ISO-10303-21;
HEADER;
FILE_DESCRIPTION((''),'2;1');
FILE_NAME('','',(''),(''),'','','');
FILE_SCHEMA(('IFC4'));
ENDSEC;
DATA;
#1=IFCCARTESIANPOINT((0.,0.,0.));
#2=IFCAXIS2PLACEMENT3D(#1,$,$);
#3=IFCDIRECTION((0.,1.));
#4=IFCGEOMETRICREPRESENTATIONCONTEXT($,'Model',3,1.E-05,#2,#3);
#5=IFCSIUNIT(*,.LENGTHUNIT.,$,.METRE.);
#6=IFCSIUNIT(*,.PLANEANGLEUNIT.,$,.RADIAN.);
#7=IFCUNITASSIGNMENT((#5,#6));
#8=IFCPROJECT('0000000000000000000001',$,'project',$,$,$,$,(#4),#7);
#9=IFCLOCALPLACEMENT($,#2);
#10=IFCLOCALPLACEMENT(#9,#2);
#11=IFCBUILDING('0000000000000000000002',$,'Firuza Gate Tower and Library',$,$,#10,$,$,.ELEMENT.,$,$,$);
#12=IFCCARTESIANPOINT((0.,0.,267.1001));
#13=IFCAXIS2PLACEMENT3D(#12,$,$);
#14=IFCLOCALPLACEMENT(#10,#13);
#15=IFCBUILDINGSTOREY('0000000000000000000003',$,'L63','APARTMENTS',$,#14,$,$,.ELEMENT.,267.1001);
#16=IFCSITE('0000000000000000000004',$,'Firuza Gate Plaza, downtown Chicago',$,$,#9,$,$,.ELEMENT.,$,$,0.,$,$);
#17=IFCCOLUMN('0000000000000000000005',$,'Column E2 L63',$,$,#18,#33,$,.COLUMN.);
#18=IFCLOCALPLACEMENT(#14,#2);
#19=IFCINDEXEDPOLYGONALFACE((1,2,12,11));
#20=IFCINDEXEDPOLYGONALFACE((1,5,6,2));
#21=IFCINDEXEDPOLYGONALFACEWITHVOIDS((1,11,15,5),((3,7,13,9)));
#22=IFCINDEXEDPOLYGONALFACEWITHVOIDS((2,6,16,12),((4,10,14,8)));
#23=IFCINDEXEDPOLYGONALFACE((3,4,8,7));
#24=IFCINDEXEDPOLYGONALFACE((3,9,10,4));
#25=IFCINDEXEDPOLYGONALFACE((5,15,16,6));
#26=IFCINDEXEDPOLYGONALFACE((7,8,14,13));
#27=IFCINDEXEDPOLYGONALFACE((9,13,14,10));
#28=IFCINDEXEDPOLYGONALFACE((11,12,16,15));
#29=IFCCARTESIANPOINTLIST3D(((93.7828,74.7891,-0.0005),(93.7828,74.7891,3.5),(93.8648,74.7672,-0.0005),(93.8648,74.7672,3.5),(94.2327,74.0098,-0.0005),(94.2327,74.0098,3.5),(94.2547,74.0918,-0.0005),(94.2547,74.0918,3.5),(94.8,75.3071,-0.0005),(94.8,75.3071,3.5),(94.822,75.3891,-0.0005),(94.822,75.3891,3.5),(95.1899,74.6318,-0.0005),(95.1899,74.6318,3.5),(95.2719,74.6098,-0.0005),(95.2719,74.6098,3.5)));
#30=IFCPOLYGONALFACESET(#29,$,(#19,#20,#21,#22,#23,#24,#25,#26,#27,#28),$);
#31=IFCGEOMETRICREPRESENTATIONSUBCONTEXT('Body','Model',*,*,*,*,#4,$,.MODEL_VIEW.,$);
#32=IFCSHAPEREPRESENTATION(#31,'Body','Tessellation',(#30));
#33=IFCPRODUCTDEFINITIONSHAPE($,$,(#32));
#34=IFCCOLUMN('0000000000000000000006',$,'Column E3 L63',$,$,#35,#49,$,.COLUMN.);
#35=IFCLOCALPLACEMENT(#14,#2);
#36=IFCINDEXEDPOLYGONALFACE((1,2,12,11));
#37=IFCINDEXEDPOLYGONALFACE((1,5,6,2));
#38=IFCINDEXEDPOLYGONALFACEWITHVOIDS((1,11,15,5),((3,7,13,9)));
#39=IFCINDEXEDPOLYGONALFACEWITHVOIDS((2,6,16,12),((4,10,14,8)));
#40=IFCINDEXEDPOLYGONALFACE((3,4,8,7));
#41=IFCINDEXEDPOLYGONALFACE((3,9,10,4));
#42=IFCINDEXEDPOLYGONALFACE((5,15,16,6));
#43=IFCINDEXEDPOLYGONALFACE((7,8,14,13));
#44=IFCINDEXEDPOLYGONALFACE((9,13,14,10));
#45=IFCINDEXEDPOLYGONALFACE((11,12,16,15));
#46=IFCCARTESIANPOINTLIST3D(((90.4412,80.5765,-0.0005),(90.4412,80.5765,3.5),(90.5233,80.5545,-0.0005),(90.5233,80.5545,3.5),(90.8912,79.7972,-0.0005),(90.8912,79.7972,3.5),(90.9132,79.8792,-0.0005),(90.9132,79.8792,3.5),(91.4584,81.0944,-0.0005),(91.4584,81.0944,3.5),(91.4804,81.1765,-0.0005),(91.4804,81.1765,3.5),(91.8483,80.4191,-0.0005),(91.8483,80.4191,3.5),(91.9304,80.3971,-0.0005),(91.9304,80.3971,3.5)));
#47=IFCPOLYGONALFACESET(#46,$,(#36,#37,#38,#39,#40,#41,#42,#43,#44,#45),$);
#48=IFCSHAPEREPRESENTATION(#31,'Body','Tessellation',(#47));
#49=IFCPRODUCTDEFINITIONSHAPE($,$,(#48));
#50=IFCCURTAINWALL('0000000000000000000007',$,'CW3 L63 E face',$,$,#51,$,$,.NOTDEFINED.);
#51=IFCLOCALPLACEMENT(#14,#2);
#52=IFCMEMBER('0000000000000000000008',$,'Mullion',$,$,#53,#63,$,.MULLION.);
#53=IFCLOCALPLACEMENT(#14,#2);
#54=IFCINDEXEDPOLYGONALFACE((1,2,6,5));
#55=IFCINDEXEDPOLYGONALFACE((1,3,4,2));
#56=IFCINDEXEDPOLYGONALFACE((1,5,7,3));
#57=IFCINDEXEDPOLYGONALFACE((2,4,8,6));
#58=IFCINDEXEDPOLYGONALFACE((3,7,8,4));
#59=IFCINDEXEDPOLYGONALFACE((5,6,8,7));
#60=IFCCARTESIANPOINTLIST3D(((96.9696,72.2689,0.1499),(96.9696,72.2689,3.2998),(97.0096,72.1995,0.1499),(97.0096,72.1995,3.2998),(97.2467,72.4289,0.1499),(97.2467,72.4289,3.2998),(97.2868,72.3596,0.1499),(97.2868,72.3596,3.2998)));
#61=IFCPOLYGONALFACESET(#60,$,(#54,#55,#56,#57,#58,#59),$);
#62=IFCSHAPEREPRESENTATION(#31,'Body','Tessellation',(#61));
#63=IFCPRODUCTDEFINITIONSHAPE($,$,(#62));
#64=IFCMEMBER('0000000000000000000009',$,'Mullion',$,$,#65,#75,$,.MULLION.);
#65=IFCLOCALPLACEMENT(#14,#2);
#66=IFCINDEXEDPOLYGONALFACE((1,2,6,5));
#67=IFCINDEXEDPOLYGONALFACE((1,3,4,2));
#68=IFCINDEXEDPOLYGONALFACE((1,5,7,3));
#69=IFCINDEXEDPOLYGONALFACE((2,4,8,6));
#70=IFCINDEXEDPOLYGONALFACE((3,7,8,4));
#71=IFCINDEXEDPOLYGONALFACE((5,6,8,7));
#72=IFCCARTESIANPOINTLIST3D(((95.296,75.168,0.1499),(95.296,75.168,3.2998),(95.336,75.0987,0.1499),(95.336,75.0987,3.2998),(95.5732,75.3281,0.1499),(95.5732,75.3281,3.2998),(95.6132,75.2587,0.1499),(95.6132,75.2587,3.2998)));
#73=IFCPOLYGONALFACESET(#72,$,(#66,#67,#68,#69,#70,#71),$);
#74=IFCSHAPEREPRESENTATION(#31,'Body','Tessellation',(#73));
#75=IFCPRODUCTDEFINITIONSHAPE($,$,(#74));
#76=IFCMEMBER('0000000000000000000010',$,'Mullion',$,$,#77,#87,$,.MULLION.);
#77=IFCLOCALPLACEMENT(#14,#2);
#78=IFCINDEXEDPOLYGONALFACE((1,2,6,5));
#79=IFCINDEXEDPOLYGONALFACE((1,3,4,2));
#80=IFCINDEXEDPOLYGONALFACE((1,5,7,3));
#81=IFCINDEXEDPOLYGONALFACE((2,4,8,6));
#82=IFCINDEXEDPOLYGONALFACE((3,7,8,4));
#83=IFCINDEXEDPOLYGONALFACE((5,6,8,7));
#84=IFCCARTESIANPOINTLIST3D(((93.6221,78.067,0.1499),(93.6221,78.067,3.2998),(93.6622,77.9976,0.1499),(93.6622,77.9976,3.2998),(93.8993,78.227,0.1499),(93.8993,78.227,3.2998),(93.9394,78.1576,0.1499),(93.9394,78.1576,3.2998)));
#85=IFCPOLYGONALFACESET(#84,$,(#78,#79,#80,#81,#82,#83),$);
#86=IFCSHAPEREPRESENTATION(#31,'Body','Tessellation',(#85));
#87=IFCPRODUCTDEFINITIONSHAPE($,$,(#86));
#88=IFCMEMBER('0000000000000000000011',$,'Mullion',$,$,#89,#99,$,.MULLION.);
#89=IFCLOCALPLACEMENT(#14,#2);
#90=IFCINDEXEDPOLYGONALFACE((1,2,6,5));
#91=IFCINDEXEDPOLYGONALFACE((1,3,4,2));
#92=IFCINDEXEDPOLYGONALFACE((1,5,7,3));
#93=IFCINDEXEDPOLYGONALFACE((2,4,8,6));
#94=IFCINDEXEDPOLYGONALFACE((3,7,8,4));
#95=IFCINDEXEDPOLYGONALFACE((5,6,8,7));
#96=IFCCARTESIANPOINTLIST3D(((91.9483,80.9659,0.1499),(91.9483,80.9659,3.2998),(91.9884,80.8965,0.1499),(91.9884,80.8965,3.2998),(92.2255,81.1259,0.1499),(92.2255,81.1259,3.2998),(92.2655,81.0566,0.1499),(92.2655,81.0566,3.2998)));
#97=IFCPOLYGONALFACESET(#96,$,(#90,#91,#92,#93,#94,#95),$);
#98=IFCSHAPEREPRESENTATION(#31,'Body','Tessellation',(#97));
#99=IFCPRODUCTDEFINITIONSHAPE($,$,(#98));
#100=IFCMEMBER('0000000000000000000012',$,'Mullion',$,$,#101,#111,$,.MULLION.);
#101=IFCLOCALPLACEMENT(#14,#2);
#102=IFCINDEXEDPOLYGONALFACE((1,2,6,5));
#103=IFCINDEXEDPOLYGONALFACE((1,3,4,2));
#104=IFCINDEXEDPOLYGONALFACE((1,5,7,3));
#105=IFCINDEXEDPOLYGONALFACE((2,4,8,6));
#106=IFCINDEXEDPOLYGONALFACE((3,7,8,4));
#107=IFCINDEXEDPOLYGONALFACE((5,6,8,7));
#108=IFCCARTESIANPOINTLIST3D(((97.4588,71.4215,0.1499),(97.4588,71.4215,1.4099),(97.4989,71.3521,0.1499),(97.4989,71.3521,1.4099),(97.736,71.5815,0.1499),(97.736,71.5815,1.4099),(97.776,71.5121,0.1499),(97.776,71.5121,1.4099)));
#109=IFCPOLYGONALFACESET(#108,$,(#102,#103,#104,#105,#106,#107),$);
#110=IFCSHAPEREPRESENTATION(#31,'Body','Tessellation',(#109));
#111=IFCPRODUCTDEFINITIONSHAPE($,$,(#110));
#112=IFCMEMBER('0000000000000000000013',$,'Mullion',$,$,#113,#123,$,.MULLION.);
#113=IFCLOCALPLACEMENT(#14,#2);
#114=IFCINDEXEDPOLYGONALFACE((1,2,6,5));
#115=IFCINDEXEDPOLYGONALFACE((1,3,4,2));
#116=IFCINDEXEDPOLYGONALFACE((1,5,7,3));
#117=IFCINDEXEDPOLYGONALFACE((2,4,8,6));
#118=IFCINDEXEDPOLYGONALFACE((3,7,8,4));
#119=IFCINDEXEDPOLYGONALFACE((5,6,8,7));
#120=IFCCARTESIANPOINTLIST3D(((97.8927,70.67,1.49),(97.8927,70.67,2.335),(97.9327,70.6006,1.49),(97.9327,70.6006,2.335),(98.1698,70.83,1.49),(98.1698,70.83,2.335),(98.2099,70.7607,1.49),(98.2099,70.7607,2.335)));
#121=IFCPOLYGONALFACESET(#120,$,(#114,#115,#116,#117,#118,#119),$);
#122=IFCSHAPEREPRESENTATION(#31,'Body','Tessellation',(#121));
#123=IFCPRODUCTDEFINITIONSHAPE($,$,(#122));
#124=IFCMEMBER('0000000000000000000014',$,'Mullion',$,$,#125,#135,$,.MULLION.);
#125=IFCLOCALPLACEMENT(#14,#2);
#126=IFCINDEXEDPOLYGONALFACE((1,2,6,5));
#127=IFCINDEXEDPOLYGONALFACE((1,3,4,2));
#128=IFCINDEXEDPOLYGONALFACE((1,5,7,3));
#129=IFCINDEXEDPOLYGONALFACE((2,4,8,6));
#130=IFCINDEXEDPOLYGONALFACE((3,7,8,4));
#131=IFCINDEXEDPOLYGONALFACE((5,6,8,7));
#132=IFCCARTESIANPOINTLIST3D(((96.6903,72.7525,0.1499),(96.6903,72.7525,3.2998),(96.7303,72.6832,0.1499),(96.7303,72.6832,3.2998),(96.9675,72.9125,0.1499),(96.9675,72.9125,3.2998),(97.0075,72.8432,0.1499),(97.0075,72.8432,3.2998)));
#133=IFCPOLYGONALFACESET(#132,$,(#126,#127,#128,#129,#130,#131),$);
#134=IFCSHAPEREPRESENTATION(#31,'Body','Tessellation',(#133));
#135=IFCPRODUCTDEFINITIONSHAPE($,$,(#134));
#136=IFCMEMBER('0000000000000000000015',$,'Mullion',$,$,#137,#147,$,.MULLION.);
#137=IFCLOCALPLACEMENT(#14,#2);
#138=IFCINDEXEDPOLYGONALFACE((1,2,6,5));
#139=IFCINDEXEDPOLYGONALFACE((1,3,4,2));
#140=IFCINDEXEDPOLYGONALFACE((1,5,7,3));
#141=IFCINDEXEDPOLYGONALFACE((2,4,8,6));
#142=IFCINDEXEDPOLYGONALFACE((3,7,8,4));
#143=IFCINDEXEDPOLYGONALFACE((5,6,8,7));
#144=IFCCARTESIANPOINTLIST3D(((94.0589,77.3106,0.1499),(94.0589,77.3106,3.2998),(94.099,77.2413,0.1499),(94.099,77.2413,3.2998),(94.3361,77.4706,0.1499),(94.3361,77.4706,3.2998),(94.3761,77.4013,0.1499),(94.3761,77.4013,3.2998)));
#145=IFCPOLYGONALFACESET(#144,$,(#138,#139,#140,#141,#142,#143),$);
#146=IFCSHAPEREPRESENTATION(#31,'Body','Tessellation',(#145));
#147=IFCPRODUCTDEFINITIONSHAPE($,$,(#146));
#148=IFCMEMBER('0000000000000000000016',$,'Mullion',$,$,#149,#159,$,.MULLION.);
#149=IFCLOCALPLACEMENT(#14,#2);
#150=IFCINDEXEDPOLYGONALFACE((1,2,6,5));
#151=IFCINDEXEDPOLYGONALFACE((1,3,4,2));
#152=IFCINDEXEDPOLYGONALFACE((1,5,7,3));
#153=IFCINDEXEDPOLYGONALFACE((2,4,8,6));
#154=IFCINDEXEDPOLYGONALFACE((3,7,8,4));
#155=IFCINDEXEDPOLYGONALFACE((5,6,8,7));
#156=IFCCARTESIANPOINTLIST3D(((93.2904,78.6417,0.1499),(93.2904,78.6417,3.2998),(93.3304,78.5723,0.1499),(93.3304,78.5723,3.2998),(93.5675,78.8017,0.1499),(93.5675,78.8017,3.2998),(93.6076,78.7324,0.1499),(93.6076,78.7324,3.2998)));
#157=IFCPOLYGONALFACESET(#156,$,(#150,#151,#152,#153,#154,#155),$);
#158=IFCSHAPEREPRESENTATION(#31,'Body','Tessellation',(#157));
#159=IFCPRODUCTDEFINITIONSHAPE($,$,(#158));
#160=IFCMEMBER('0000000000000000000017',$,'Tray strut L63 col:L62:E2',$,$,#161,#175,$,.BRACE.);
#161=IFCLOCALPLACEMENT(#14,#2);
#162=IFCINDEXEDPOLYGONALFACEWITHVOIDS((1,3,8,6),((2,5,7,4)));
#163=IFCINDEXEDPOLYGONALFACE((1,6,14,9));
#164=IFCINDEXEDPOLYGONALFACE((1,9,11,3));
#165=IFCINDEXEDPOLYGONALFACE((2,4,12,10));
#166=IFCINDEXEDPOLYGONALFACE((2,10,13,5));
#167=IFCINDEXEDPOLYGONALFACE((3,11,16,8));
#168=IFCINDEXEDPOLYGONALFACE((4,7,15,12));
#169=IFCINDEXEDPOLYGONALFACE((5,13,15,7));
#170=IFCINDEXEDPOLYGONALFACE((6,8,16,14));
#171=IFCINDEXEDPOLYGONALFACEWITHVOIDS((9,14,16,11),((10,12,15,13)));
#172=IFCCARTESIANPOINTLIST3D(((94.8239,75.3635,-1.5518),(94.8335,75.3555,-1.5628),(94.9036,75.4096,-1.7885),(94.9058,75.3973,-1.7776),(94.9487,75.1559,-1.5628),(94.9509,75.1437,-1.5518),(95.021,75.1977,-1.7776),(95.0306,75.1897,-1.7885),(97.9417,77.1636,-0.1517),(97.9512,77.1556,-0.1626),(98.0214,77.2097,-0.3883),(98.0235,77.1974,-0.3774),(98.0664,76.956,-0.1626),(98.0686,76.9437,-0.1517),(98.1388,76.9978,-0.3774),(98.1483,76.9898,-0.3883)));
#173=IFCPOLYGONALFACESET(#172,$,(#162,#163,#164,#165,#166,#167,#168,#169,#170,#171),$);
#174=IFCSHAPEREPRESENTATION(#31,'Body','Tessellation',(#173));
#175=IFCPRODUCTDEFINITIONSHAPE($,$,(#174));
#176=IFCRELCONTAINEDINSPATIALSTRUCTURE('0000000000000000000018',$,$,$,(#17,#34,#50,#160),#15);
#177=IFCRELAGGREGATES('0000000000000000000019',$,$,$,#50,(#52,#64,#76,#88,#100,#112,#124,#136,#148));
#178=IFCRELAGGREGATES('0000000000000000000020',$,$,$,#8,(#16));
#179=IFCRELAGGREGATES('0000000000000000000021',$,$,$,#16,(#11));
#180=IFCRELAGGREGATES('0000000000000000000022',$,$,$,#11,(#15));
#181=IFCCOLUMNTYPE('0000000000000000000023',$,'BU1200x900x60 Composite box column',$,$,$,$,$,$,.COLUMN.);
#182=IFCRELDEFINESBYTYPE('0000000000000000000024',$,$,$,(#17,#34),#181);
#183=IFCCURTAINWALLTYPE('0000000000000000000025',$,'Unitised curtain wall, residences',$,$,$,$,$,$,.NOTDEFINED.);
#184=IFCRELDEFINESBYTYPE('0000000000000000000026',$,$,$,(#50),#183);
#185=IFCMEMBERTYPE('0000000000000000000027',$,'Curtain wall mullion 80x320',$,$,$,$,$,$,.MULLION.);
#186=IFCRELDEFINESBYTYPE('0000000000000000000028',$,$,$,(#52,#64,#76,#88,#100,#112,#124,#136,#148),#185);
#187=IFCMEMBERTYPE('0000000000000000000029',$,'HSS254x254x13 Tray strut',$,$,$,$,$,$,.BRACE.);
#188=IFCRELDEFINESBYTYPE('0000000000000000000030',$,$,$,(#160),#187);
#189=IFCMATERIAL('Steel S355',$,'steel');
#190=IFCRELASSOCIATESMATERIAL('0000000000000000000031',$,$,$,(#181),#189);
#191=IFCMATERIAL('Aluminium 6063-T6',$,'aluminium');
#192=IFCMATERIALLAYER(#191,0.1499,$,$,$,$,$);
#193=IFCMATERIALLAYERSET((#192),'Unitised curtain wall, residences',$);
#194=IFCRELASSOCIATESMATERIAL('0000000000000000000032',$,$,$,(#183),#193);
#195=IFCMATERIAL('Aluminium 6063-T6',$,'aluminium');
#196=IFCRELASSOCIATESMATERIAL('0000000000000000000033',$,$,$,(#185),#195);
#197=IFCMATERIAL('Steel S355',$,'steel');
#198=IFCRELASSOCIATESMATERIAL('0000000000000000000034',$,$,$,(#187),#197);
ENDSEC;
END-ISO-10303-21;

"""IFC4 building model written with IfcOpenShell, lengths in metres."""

from ifc_helpers import new_model, si_unit, direction, frame, origin, origin_2d, place, context, subcontext, project, spatial, rectangle, hollow_rectangle, extrude, material, layer, layer_set, material_profile, profile_set, type_object, element, aggregate, save


model = new_model("IFC4")

# Units and contexts
model_context = context("Model", 3, precision=1e-05, world=origin(), true_north=direction((0.0, 1.0)))
body_context = subcontext(model_context, "Body", "Model", "MODEL_VIEW")
ifc_project = project(units=[si_unit("LENGTHUNIT", "METRE"), si_unit("PLANEANGLEUNIT", "RADIAN")], contexts=[model_context])

# Site, building, storey
site_placement = place(None, origin())
site = spatial("IfcSite", under=ifc_project, at=site_placement, Name="Firuza Gate Plaza, downtown Chicago", CompositionType="ELEMENT", RefElevation=0.0)
building_placement = place(site_placement, origin())
building = spatial("IfcBuilding", under=site, at=building_placement, Name="Firuza Gate Tower and Library", CompositionType="ELEMENT")
storey_placement = place(building_placement, frame((0.0, 0.0, 267.1001)))
storey = spatial("IfcBuildingStorey", under=building, at=storey_placement, Name="L63", Description="APARTMENTS", CompositionType="ELEMENT", Elevation=267.1001)

# Columns
ifc_material_1 = material(Name="Steel S355", Category="steel")
ifc_material_profile_1 = material_profile(ifc_material_1, hollow_rectangle(XDim=0.8999, YDim=1.2, WallThickness=0.0601, at=origin_2d()))
ifc_profile_set_1 = profile_set([ifc_material_profile_1], Name="Steel S355")
column_type = type_object("IfcColumnType", Name="BU1200x900x60 Composite box column", PredefinedType="COLUMN", material=ifc_profile_set_1)
for number, where, z_axis, x_axis, name in (
    (1, (94.5273, 74.6995, -0.0005), (0.0, 0.0, 1.0), (-0.5, 0.866025, 0.0), "Column E2 L63"),
    (2, (91.1858, 80.4868, -0.0005), (0.0, 0.0, 1.0), (-0.5, 0.866025, 0.0), "Column E3 L63"),
):
    element("IfcColumn", number, at=place(storey_placement, frame(where, z_axis=z_axis, x_axis=x_axis)), inside=storey, type_object=column_type, Name=name, PredefinedType="COLUMN", context=body_context, shape_type="SweptSolid", body=[
        extrude(hollow_rectangle(XDim=0.8999, YDim=1.2, WallThickness=0.0601, at=origin_2d()), origin(), (0.0, 0.0, 1.0), 3.5005),
    ])

# Curtain wall, members
ifc_material_2 = material(Name="Aluminium 6063-T6", Category="aluminium")
ifc_layer_1 = layer(ifc_material_2, 0.1499)
ifc_layer_set_1 = layer_set([ifc_layer_1], Name="Unitised curtain wall, residences")
curtain_wall_type = type_object("IfcCurtainWallType", Name="Unitised curtain wall, residences", PredefinedType="NOTDEFINED", material=ifc_layer_set_1)
curtain_wall_placement = place(storey_placement, origin())
curtain_wall = element("IfcCurtainWall", 3, at=curtain_wall_placement, inside=storey, type_object=curtain_wall_type, Name="CW3 L63 E face", PredefinedType="NOTDEFINED")
ifc_material_3 = material(Name="Aluminium 6063-T6", Category="aluminium")
ifc_material_profile_2 = material_profile(ifc_material_3, rectangle(XDim=0.3201, YDim=0.0801, at=origin_2d()))
ifc_profile_set_2 = profile_set([ifc_material_profile_2], Name="Aluminium 6063-T6")
member_type_1 = type_object("IfcMemberType", Name="Curtain wall mullion 80x320", PredefinedType="MULLION", material=ifc_profile_set_2)
member_1_placement = place(storey_placement, frame((97.1282, 72.3142, 0.1499), z_axis=(0.0, 0.0, 1.0), x_axis=(-0.866025, -0.5, 0.0)))
member_1 = element("IfcMember", 4, at=member_1_placement, type_object=member_type_1, Name="Mullion", PredefinedType="MULLION", context=body_context, shape_type="SweptSolid", body=[
    extrude(rectangle(XDim=0.3201, YDim=0.0801, at=origin_2d()), origin(), (0.0, 0.0, 1.0), 3.1499),
])
member_2_placement = place(storey_placement, frame((95.4546, 75.2134, 0.1499), z_axis=(0.0, 0.0, 1.0), x_axis=(-0.866025, -0.5, 0.0)))
member_2 = element("IfcMember", 5, at=member_2_placement, type_object=member_type_1, Name="Mullion", PredefinedType="MULLION", context=body_context, shape_type="SweptSolid", body=[
    extrude(rectangle(XDim=0.3201, YDim=0.0801, at=origin_2d()), origin(), (0.0, 0.0, 1.0), 3.1499),
])
member_3_placement = place(storey_placement, frame((93.7808, 78.1123, 0.1499), z_axis=(0.0, 0.0, 1.0), x_axis=(-0.866025, -0.5, 0.0)))
member_3 = element("IfcMember", 6, at=member_3_placement, type_object=member_type_1, Name="Mullion", PredefinedType="MULLION", context=body_context, shape_type="SweptSolid", body=[
    extrude(rectangle(XDim=0.3201, YDim=0.0801, at=origin_2d()), origin(), (0.0, 0.0, 1.0), 3.1499),
])
member_4_placement = place(storey_placement, frame((92.1069, 81.0112, 0.1499), z_axis=(0.0, 0.0, 1.0), x_axis=(-0.866025, -0.5, 0.0)))
member_4 = element("IfcMember", 7, at=member_4_placement, type_object=member_type_1, Name="Mullion", PredefinedType="MULLION", context=body_context, shape_type="SweptSolid", body=[
    extrude(rectangle(XDim=0.3201, YDim=0.0801, at=origin_2d()), origin(), (0.0, 0.0, 1.0), 3.1499),
])
member_5_placement = place(storey_placement, frame((97.6174, 71.4668, 0.1499), z_axis=(0.0, 0.0, 1.0), x_axis=(-0.866025, -0.5, 0.0)))
member_5 = element("IfcMember", 8, at=member_5_placement, type_object=member_type_1, Name="Mullion", PredefinedType="MULLION", context=body_context, shape_type="SweptSolid", body=[
    extrude(rectangle(XDim=0.3201, YDim=0.0801, at=origin_2d()), origin(), (0.0, 0.0, 1.0), 1.26),
])
member_6_placement = place(storey_placement, frame((98.0513, 70.7153, 1.49), z_axis=(0.0, 0.0, 1.0), x_axis=(-0.866025, -0.5, 0.0)))
member_6 = element("IfcMember", 9, at=member_6_placement, type_object=member_type_1, Name="Mullion", PredefinedType="MULLION", context=body_context, shape_type="SweptSolid", body=[
    extrude(rectangle(XDim=0.3201, YDim=0.0801, at=origin_2d()), origin(), (0.0, 0.0, 1.0), 0.845),
])
member_7_placement = place(storey_placement, frame((96.8489, 72.7979, 0.1499), z_axis=(0.0, 0.0, 1.0), x_axis=(-0.866025, -0.5, 0.0)))
member_7 = element("IfcMember", 10, at=member_7_placement, type_object=member_type_1, Name="Mullion", PredefinedType="MULLION", context=body_context, shape_type="SweptSolid", body=[
    extrude(rectangle(XDim=0.3201, YDim=0.0801, at=origin_2d()), origin(), (0.0, 0.0, 1.0), 3.1499),
])
member_8_placement = place(storey_placement, frame((94.2175, 77.356, 0.1499), z_axis=(0.0, 0.0, 1.0), x_axis=(-0.866025, -0.5, 0.0)))
member_8 = element("IfcMember", 11, at=member_8_placement, type_object=member_type_1, Name="Mullion", PredefinedType="MULLION", context=body_context, shape_type="SweptSolid", body=[
    extrude(rectangle(XDim=0.3201, YDim=0.0801, at=origin_2d()), origin(), (0.0, 0.0, 1.0), 3.1499),
])
member_9_placement = place(storey_placement, frame((93.449, 78.687, 0.1499), z_axis=(0.0, 0.0, 1.0), x_axis=(-0.866025, -0.5, 0.0)))
member_9 = element("IfcMember", 12, at=member_9_placement, type_object=member_type_1, Name="Mullion", PredefinedType="MULLION", context=body_context, shape_type="SweptSolid", body=[
    extrude(rectangle(XDim=0.3201, YDim=0.0801, at=origin_2d()), origin(), (0.0, 0.0, 1.0), 3.1499),
])

# Member
ifc_material_4 = material(Name="Steel S355", Category="steel")
ifc_material_profile_3 = material_profile(ifc_material_4, hollow_rectangle(XDim=0.2539, YDim=0.2539, WallThickness=0.0117, at=origin_2d()))
ifc_profile_set_3 = profile_set([ifc_material_profile_3], Name="Steel S355")
member_type_2 = type_object("IfcMemberType", Name="HSS254x254x13 Tray strut", PredefinedType="BRACE", material=ifc_profile_set_3)
member_10_placement = place(storey_placement, frame((94.9272, 75.2766, -1.6702), z_axis=(0.807122, 0.466007, 0.362478), x_axis=(-0.500012, 0.866018, 0.0)))
element("IfcMember", 13, at=member_10_placement, inside=storey, type_object=member_type_2, Name="Tray strut L63 col:L62:E2", PredefinedType="BRACE", context=body_context, shape_type="SweptSolid", body=[
    extrude(hollow_rectangle(XDim=0.2539, YDim=0.2539, WallThickness=0.0117, at=origin_2d()), origin(), (0.0, 0.0, 1.0), 3.8628),
])

aggregate(curtain_wall, [member_1, member_2, member_3, member_4, member_5, member_6, member_7, member_8, member_9])

save(model, "model.ifc")
